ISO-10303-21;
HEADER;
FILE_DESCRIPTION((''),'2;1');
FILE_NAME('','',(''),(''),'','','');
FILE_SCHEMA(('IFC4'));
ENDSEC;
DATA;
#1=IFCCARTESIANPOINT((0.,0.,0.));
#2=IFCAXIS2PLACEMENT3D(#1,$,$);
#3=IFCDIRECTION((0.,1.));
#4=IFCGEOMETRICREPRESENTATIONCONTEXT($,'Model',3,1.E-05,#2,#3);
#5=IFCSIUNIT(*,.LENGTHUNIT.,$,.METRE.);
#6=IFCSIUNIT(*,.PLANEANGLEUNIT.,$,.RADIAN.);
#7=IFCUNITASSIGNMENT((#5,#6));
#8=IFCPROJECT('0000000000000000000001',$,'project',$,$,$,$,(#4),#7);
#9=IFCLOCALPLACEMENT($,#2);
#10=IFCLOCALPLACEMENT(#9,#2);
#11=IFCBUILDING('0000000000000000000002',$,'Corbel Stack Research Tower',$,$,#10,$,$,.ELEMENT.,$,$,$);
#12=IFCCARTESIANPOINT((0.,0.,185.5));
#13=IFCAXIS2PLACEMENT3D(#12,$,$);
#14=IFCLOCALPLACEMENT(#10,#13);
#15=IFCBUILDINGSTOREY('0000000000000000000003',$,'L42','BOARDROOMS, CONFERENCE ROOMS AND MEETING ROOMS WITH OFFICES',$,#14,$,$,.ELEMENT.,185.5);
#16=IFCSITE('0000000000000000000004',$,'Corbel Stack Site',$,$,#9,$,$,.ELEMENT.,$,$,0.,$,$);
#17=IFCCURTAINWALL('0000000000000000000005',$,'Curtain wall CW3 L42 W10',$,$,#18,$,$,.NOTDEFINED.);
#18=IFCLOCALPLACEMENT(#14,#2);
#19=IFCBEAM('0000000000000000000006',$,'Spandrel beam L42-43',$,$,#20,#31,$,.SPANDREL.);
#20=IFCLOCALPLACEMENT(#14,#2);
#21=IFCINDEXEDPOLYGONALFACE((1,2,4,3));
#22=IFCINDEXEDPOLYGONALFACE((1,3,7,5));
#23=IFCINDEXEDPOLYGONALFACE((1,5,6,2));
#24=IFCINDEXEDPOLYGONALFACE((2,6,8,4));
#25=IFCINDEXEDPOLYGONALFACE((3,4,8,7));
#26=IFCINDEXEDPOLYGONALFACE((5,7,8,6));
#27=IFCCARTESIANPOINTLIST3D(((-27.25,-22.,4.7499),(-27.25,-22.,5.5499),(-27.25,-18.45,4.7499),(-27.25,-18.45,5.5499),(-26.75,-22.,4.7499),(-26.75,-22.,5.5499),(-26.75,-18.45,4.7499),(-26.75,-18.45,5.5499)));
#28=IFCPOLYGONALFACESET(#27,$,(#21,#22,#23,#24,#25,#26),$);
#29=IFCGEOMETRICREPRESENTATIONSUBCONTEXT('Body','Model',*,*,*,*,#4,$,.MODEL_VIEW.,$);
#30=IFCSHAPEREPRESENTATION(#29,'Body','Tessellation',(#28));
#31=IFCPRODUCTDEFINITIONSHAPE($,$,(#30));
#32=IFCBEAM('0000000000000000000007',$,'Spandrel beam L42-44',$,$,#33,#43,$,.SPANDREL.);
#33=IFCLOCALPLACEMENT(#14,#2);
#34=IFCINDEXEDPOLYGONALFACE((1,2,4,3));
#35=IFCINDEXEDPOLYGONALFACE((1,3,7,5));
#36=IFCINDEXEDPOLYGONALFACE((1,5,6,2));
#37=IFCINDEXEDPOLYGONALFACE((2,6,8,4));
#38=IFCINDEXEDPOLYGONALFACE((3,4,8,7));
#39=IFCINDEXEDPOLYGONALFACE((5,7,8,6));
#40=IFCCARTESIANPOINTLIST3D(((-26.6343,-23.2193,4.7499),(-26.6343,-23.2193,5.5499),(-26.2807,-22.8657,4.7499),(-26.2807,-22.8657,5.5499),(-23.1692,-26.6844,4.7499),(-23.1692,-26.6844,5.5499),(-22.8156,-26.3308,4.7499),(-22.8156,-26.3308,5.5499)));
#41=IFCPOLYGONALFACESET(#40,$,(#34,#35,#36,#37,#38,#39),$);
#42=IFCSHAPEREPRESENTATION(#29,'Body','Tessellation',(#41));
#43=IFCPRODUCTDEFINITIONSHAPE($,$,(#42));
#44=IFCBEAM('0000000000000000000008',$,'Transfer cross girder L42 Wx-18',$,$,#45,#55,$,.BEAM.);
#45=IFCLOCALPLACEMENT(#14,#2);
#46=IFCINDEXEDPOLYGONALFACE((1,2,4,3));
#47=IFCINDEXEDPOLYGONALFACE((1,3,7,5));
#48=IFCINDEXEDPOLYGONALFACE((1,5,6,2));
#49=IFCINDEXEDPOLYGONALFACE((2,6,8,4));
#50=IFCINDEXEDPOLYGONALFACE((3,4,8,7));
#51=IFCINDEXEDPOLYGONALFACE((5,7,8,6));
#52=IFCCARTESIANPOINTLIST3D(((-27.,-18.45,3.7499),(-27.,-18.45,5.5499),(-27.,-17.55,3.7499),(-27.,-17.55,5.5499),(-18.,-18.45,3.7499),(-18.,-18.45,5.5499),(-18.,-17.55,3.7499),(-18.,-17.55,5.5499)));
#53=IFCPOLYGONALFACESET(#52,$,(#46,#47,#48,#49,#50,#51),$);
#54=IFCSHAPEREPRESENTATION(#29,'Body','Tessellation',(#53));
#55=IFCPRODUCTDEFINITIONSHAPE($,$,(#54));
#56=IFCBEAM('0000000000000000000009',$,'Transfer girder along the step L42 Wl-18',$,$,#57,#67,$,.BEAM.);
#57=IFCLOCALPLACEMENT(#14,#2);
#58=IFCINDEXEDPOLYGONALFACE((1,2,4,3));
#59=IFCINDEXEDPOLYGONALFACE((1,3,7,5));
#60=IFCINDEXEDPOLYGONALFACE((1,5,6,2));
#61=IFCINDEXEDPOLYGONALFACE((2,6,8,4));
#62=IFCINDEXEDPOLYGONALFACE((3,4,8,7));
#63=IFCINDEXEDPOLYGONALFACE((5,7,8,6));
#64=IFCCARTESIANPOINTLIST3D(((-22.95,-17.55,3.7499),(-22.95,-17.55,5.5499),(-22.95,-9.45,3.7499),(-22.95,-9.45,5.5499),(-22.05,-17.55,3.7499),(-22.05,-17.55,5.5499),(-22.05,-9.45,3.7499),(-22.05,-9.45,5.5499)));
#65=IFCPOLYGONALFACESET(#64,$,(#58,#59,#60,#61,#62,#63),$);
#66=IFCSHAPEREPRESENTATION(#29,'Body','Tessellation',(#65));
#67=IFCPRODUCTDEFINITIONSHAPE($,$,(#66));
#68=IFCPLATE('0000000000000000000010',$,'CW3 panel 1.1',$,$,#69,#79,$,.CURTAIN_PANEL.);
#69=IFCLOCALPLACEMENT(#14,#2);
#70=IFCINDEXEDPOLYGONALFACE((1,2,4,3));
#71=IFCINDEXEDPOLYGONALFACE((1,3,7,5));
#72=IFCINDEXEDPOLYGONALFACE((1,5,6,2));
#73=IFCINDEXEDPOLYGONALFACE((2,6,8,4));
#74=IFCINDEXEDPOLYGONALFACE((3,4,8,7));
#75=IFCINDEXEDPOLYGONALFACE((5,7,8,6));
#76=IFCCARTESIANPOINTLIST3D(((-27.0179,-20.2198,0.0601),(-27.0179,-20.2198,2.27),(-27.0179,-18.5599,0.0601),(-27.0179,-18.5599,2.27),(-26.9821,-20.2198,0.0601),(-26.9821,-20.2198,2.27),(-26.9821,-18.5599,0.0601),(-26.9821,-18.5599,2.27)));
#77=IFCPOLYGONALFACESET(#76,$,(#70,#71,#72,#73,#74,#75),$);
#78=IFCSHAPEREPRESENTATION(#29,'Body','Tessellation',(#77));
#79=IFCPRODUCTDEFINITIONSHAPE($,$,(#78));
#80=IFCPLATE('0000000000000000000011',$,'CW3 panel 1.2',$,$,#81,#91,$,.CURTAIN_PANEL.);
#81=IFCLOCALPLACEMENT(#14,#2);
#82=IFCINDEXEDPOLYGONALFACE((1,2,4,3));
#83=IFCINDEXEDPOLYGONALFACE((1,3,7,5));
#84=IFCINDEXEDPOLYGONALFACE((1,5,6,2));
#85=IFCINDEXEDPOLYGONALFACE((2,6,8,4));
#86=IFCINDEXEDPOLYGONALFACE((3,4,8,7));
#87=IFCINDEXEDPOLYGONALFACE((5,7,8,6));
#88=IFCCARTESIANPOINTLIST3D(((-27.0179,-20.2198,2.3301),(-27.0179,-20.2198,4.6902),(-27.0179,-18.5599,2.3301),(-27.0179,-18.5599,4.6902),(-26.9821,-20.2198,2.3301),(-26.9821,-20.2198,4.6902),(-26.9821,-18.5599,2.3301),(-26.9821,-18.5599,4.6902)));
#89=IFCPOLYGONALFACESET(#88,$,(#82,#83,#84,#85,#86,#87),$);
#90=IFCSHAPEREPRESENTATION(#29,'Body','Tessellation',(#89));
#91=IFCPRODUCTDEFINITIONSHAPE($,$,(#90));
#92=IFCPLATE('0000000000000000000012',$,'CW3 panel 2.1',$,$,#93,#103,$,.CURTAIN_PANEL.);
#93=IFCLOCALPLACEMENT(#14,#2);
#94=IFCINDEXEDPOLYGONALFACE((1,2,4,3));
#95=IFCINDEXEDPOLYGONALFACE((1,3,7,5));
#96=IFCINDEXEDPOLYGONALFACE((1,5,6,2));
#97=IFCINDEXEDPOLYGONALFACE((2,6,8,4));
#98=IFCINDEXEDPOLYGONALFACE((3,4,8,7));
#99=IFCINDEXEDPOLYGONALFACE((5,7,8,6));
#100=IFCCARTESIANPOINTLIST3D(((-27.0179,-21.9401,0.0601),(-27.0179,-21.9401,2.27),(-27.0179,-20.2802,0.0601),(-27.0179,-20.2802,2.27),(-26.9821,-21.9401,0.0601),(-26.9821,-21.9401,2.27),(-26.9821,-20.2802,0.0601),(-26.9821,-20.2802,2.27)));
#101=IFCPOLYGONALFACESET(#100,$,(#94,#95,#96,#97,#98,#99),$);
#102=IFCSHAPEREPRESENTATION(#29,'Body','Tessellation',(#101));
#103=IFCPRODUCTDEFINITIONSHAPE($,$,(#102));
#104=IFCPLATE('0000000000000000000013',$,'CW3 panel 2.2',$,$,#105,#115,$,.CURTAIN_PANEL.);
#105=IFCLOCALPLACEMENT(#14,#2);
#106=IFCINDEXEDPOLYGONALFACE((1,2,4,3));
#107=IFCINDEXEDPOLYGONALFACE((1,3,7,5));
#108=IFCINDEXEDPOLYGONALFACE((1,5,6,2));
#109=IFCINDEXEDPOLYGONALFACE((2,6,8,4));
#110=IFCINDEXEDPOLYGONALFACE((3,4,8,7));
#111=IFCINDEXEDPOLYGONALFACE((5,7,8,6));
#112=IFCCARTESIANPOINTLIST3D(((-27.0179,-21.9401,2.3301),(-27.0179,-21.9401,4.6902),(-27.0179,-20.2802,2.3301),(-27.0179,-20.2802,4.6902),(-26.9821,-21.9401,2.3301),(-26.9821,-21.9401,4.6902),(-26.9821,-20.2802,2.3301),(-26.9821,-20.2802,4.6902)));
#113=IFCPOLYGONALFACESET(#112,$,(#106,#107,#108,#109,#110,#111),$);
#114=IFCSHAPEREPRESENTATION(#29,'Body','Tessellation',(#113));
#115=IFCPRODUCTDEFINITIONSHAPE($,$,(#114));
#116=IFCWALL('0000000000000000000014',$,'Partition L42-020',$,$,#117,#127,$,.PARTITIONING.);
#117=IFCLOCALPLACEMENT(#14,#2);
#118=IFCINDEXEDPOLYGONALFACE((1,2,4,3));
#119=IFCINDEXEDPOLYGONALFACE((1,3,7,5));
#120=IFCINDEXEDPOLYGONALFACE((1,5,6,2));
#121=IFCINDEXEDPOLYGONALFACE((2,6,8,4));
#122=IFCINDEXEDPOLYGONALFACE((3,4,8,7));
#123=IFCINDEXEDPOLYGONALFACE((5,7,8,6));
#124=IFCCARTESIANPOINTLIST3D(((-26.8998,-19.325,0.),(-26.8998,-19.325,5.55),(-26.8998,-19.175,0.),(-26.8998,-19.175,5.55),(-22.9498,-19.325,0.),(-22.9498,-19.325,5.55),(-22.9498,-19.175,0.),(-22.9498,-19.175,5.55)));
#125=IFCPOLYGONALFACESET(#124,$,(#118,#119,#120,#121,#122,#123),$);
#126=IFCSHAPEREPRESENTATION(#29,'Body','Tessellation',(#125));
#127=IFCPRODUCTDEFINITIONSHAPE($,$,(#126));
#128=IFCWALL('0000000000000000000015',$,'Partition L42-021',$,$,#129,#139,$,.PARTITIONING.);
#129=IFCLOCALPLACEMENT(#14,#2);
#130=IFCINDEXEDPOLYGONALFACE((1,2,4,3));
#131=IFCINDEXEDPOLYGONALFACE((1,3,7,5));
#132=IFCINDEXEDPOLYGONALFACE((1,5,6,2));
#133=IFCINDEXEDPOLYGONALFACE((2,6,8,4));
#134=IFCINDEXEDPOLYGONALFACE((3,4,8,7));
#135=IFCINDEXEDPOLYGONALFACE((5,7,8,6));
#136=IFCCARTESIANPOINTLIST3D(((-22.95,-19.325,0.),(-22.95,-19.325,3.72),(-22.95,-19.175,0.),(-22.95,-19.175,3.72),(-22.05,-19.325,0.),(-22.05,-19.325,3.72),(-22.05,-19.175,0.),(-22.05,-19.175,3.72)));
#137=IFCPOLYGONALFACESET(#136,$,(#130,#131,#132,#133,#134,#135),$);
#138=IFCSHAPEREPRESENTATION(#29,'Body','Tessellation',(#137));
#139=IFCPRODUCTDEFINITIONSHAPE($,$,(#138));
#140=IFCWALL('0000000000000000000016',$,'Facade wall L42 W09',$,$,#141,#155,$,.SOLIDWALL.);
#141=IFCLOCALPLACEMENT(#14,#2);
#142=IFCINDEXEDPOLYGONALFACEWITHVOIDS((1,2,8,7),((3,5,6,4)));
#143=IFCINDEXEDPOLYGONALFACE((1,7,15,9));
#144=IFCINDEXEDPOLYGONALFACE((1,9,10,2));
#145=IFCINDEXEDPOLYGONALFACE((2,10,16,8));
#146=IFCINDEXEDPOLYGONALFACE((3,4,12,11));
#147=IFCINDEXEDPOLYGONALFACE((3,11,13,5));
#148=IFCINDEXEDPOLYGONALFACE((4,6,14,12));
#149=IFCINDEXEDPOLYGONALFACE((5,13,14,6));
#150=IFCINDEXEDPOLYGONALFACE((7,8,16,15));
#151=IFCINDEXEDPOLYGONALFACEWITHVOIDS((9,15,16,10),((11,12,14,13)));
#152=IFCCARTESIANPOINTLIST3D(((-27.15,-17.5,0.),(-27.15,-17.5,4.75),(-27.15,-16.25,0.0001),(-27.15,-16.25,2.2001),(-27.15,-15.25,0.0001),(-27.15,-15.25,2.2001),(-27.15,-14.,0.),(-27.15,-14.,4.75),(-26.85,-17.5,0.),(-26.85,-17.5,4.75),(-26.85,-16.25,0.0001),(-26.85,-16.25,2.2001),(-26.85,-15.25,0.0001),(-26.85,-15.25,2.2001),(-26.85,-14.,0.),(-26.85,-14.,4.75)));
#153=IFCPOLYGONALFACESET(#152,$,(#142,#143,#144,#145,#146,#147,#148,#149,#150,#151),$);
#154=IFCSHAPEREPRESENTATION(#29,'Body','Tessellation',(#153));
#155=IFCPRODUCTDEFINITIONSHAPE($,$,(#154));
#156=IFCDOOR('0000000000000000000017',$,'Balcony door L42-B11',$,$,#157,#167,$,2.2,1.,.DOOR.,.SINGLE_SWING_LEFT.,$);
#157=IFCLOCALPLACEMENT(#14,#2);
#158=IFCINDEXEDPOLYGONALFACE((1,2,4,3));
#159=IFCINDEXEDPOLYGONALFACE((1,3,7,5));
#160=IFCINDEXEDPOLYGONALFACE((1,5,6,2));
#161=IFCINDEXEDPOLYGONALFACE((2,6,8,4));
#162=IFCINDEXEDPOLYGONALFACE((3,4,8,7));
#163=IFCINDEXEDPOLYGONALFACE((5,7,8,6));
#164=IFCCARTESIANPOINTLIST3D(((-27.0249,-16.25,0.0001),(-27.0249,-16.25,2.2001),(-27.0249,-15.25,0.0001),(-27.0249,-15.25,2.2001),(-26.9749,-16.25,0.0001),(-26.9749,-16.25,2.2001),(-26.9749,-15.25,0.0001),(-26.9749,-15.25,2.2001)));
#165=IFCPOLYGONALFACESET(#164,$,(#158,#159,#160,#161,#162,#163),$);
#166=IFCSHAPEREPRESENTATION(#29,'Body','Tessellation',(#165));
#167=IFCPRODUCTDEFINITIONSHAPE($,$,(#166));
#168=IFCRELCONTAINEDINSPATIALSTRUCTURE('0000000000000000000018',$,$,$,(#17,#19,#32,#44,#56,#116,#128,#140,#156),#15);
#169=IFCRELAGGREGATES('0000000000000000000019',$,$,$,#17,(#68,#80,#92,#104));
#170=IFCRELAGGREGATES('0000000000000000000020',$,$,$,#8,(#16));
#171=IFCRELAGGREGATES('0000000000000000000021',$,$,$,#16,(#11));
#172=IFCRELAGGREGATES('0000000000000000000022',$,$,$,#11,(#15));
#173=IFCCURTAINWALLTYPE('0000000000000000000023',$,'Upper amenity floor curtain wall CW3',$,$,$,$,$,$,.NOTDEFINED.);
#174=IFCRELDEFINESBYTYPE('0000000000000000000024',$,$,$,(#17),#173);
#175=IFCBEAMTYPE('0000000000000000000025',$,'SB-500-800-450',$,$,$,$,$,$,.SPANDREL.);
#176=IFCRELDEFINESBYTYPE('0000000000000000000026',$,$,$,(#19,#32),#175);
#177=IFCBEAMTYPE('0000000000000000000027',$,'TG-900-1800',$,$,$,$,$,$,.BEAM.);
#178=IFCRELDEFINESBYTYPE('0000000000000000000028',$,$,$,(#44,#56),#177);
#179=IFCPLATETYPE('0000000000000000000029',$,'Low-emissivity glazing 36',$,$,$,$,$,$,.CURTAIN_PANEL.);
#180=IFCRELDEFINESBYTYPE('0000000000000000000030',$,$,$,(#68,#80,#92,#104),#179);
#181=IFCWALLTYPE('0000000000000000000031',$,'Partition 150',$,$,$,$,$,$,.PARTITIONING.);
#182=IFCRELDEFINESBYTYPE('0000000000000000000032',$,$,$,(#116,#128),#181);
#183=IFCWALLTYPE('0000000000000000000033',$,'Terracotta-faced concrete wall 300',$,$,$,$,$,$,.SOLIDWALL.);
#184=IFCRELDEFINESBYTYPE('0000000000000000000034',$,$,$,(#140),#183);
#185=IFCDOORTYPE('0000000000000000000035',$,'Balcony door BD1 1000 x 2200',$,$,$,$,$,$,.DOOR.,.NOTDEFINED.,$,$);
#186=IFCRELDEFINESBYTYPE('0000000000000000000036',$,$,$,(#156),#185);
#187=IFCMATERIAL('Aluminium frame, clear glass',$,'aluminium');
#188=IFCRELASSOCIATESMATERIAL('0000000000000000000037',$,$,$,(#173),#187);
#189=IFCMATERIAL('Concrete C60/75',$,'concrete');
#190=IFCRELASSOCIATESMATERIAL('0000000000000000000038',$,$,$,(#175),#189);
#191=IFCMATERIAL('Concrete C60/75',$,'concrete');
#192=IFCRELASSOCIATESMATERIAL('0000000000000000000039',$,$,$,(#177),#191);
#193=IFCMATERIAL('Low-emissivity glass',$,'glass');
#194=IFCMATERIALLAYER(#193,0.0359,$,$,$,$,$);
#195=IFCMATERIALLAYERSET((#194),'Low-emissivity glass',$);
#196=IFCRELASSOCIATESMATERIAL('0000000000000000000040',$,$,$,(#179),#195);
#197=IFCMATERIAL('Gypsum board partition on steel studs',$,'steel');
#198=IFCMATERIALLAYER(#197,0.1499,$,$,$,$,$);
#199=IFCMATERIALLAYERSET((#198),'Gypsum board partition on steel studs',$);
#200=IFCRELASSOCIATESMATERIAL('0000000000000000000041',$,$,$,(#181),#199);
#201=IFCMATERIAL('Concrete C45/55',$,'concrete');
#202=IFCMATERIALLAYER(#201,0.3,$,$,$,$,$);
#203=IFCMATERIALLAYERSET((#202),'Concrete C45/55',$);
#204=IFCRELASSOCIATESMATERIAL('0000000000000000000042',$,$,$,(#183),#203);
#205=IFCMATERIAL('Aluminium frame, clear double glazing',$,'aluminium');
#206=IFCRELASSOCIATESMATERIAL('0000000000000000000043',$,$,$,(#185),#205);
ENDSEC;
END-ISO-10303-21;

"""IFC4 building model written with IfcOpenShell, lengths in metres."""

from ifc_helpers import new_model, si_unit, direction, frame, frame_2d, origin, origin_2d, place, context, subcontext, project, spatial, rectangle, extrude, material, layer, layer_set, material_profile, profile_set, type_object, element, fill, aggregate, save


model = new_model("IFC4")

# Units and contexts
model_context = context("Model", 3, precision=1e-05, world=origin(), true_north=direction((0.0, 1.0)))
body_context = subcontext(model_context, "Body", "Model", "MODEL_VIEW")
ifc_project = project(units=[si_unit("LENGTHUNIT", "METRE"), si_unit("PLANEANGLEUNIT", "RADIAN")], contexts=[model_context])

# Site, building, storey
site_placement = place(None, origin())
site = spatial("IfcSite", under=ifc_project, at=site_placement, Name="Corbel Stack Site", CompositionType="ELEMENT", RefElevation=0.0)
building_placement = place(site_placement, origin())
building = spatial("IfcBuilding", under=site, at=building_placement, Name="Corbel Stack Research Tower", CompositionType="ELEMENT")
storey_placement = place(building_placement, frame((0.0, 0.0, 185.5)))
storey = spatial("IfcBuildingStorey", under=building, at=storey_placement, Name="L42", Description="BOARDROOMS, CONFERENCE ROOMS AND MEETING ROOMS WITH OFFICES", CompositionType="ELEMENT", Elevation=185.5)

# Curtain wall
ifc_material_1 = material(Name="Aluminium frame, clear glass", Category="aluminium")
curtain_wall_type = type_object("IfcCurtainWallType", Name="Upper amenity floor curtain wall CW3", PredefinedType="NOTDEFINED", material=ifc_material_1)
curtain_wall_placement = place(storey_placement, origin())
curtain_wall = element("IfcCurtainWall", 1, at=curtain_wall_placement, inside=storey, type_object=curtain_wall_type, Name="Curtain wall CW3 L42 W10", PredefinedType="NOTDEFINED")

# Beams
ifc_material_2 = material(Name="Concrete C60/75", Category="concrete")
ifc_material_profile_1 = material_profile(ifc_material_2, rectangle(XDim=0.5, YDim=0.8, at=origin_2d()), Name="RC 500 x 800")
ifc_profile_set_1 = profile_set([ifc_material_profile_1], Name="Concrete C60/75")
beam_type_1 = type_object("IfcBeamType", Name="SB-500-800-450", PredefinedType="SPANDREL", material=ifc_profile_set_1)
for number, where, z_axis, x_axis, name in (
    (2, (-27.0, -18.45, 5.1499), (0.0, -1.0, 0.0), (1.0, 0.0, 0.0), "Spandrel beam L42-43"),
):
    element("IfcBeam", number, at=place(storey_placement, frame(where, z_axis=z_axis, x_axis=x_axis)), inside=storey, type_object=beam_type_1, Name=name, PredefinedType="SPANDREL", context=body_context, shape_type="SweptSolid", body=[
        extrude(rectangle(XDim=0.5, YDim=0.8, at=origin_2d()), origin(), (0.0, 0.0, 1.0), 3.55),
    ])
beam_1_placement = place(storey_placement, frame((-26.4575, -23.0425, 5.1499), z_axis=(0.707107, -0.707107, 0.0), x_axis=(0.707107, 0.707107, 0.0)))
element("IfcBeam", 3, at=beam_1_placement, inside=storey, type_object=beam_type_1, Name="Spandrel beam L42-44", PredefinedType="SPANDREL", context=body_context, shape_type="SweptSolid", body=[
    extrude(rectangle(XDim=0.5, YDim=0.8, at=origin_2d()), origin(), (0.0, 0.0, 1.0), 4.9004),
])
ifc_material_3 = material(Name="Concrete C60/75", Category="concrete")
ifc_material_profile_2 = material_profile(ifc_material_3, rectangle(XDim=0.8999, YDim=1.8, at=origin_2d()), Name="RC 900 x 1800")
ifc_profile_set_2 = profile_set([ifc_material_profile_2], Name="Concrete C60/75")
beam_type_2 = type_object("IfcBeamType", Name="TG-900-1800", PredefinedType="BEAM", material=ifc_profile_set_2)
beam_2_placement = place(storey_placement, frame((-27.0, -18.0, 4.6499), z_axis=(1.0, 0.0, 0.0), x_axis=(0.0, 1.0, 0.0)))
element("IfcBeam", 4, at=beam_2_placement, inside=storey, type_object=beam_type_2, Name="Transfer cross girder L42 Wx-18", PredefinedType="BEAM", context=body_context, shape_type="SweptSolid", body=[
    extrude(rectangle(XDim=0.8999, YDim=1.8, at=origin_2d()), origin(), (0.0, 0.0, 1.0), 9.0),
])
beam_3_placement = place(storey_placement, frame((-22.5, -17.55, 4.6499), z_axis=(0.0, 1.0, 0.0), x_axis=(-1.0, 0.0, 0.0)))
element("IfcBeam", 5, at=beam_3_placement, inside=storey, type_object=beam_type_2, Name="Transfer girder along the step L42 Wl-18", PredefinedType="BEAM", context=body_context, shape_type="SweptSolid", body=[
    extrude(rectangle(XDim=0.8999, YDim=1.8, at=origin_2d()), origin(), (0.0, 0.0, 1.0), 8.1001),
])

# Plates
ifc_material_4 = material(Name="Low-emissivity glass", Category="glass")
ifc_layer_1 = layer(ifc_material_4, 0.0359)
ifc_layer_set_1 = layer_set([ifc_layer_1], Name="Low-emissivity glass")
plate_type = type_object("IfcPlateType", Name="Low-emissivity glazing 36", PredefinedType="CURTAIN_PANEL", material=ifc_layer_set_1)
plate_1_placement = place(storey_placement, frame((-27.0, -19.3899, 0.0601), z_axis=(0.0, 0.0, 1.0), x_axis=(0.0, -1.0, 0.0)))
plate_1 = element("IfcPlate", 6, at=plate_1_placement, type_object=plate_type, Name="CW3 panel 1.1", PredefinedType="CURTAIN_PANEL", context=body_context, shape_type="SweptSolid", body=[
    extrude(rectangle(XDim=1.6599, YDim=0.0359, at=origin_2d()), origin(), (0.0, 0.0, 1.0), 2.21),
])
plate_2_placement = place(storey_placement, frame((-27.0, -19.3899, 2.3301), z_axis=(0.0, 0.0, 1.0), x_axis=(0.0, -1.0, 0.0)))
plate_2 = element("IfcPlate", 7, at=plate_2_placement, type_object=plate_type, Name="CW3 panel 1.2", PredefinedType="CURTAIN_PANEL", context=body_context, shape_type="SweptSolid", body=[
    extrude(rectangle(XDim=1.6599, YDim=0.0359, at=origin_2d()), origin(), (0.0, 0.0, 1.0), 2.3601),
])
plate_3_placement = place(storey_placement, frame((-27.0, -21.1101, 0.0601), z_axis=(0.0, 0.0, 1.0), x_axis=(0.0, -1.0, 0.0)))
plate_3 = element("IfcPlate", 8, at=plate_3_placement, type_object=plate_type, Name="CW3 panel 2.1", PredefinedType="CURTAIN_PANEL", context=body_context, shape_type="SweptSolid", body=[
    extrude(rectangle(XDim=1.6599, YDim=0.0359, at=origin_2d()), origin(), (0.0, 0.0, 1.0), 2.21),
])
plate_4_placement = place(storey_placement, frame((-27.0, -21.1101, 2.3301), z_axis=(0.0, 0.0, 1.0), x_axis=(0.0, -1.0, 0.0)))
plate_4 = element("IfcPlate", 9, at=plate_4_placement, type_object=plate_type, Name="CW3 panel 2.2", PredefinedType="CURTAIN_PANEL", context=body_context, shape_type="SweptSolid", body=[
    extrude(rectangle(XDim=1.6599, YDim=0.0359, at=origin_2d()), origin(), (0.0, 0.0, 1.0), 2.3601),
])
aggregate(curtain_wall, [plate_1, plate_2, plate_3, plate_4])

# Walls
ifc_material_5 = material(Name="Gypsum board partition on steel studs", Category="steel")
ifc_layer_2 = layer(ifc_material_5, 0.1499)
ifc_layer_set_2 = layer_set([ifc_layer_2], Name="Gypsum board partition on steel studs")
wall_type_1 = type_object("IfcWallType", Name="Partition 150", PredefinedType="PARTITIONING", material=ifc_layer_set_2)
wall_1_placement = place(storey_placement, frame((-26.8999, -19.25, 0.0), z_axis=(0.0, 0.0, 1.0), x_axis=(1.0, 0.0, 0.0)))
element("IfcWall", 10, at=wall_1_placement, inside=storey, type_object=wall_type_1, Name="Partition L42-020", PredefinedType="PARTITIONING", context=body_context, shape_type="SweptSolid", body=[
    extrude(rectangle(XDim=3.95, YDim=0.1499, at=frame_2d((1.9751, 0.0))), origin(), (0.0, 0.0, 1.0), 5.55),
])
wall_2_placement = place(storey_placement, frame((-22.95, -19.25, 0.0), z_axis=(0.0, 0.0, 1.0), x_axis=(1.0, 0.0, 0.0)))
element("IfcWall", 11, at=wall_2_placement, inside=storey, type_object=wall_type_1, Name="Partition L42-021", PredefinedType="PARTITIONING", context=body_context, shape_type="SweptSolid", body=[
    extrude(rectangle(XDim=0.8999, YDim=0.1499, at=frame_2d((0.45, 0.0))), origin(), (0.0, 0.0, 1.0), 3.72),
])

# Wall, opening, door
ifc_material_6 = material(Name="Concrete C45/55", Category="concrete")
ifc_layer_3 = layer(ifc_material_6, 0.3)
ifc_layer_set_3 = layer_set([ifc_layer_3], Name="Concrete C45/55")
wall_type_2 = type_object("IfcWallType", Name="Terracotta-faced concrete wall 300", PredefinedType="SOLIDWALL", material=ifc_layer_set_3)
wall_3_placement = place(storey_placement, frame((-27.0, -17.5, 0.0), z_axis=(0.0, 0.0, 1.0), x_axis=(0.0, 1.0, 0.0)))
wall_3 = element("IfcWall", 12, at=wall_3_placement, inside=storey, type_object=wall_type_2, Name="Facade wall L42 W09", PredefinedType="SOLIDWALL", context=body_context, shape_type="SweptSolid", body=[
    extrude(rectangle(XDim=3.5, YDim=0.3, at=frame_2d((1.75, 0.0))), origin(), (0.0, 0.0, 1.0), 4.75),
])
opening_placement = place(wall_3_placement, frame((1.25, 0.0, 0.0)))
opening = element("IfcOpeningElement", 13, at=opening_placement, cuts=wall_3, PredefinedType="OPENING", context=body_context, shape_type="SweptSolid", body=[
    extrude(rectangle(XDim=1.0, YDim=2.2, at=frame_2d((0.5, 1.1001))), frame((0.0, 0.1599, 0.0), z_axis=(0.0, -1.0, 0.0), x_axis=(1.0, 0.0, 0.0)), (0.0, 0.0, 1.0), 0.3201),
])
ifc_material_7 = material(Name="Aluminium frame, clear double glazing", Category="aluminium")
door_type = type_object("IfcDoorType", Name="Balcony door BD1 1000 x 2200", OperationType="NOTDEFINED", PredefinedType="DOOR", material=ifc_material_7)
door_placement = place(opening_placement, origin())
door = element("IfcDoor", 14, at=door_placement, inside=storey, type_object=door_type, Name="Balcony door L42-B11", OperationType="SINGLE_SWING_LEFT", OverallHeight=2.2, OverallWidth=1.0, PredefinedType="DOOR", context=body_context, shape_type="SweptSolid", body=[
    extrude(rectangle(XDim=1.0, YDim=2.2, at=frame_2d((0.5, 1.1001))), frame((0.0, 0.0249, 0.0), z_axis=(0.0, -1.0, 0.0), x_axis=(1.0, 0.0, 0.0)), (0.0, 0.0, 1.0), 0.05),
])
fill(opening, door)

save(model, "model.ifc")
